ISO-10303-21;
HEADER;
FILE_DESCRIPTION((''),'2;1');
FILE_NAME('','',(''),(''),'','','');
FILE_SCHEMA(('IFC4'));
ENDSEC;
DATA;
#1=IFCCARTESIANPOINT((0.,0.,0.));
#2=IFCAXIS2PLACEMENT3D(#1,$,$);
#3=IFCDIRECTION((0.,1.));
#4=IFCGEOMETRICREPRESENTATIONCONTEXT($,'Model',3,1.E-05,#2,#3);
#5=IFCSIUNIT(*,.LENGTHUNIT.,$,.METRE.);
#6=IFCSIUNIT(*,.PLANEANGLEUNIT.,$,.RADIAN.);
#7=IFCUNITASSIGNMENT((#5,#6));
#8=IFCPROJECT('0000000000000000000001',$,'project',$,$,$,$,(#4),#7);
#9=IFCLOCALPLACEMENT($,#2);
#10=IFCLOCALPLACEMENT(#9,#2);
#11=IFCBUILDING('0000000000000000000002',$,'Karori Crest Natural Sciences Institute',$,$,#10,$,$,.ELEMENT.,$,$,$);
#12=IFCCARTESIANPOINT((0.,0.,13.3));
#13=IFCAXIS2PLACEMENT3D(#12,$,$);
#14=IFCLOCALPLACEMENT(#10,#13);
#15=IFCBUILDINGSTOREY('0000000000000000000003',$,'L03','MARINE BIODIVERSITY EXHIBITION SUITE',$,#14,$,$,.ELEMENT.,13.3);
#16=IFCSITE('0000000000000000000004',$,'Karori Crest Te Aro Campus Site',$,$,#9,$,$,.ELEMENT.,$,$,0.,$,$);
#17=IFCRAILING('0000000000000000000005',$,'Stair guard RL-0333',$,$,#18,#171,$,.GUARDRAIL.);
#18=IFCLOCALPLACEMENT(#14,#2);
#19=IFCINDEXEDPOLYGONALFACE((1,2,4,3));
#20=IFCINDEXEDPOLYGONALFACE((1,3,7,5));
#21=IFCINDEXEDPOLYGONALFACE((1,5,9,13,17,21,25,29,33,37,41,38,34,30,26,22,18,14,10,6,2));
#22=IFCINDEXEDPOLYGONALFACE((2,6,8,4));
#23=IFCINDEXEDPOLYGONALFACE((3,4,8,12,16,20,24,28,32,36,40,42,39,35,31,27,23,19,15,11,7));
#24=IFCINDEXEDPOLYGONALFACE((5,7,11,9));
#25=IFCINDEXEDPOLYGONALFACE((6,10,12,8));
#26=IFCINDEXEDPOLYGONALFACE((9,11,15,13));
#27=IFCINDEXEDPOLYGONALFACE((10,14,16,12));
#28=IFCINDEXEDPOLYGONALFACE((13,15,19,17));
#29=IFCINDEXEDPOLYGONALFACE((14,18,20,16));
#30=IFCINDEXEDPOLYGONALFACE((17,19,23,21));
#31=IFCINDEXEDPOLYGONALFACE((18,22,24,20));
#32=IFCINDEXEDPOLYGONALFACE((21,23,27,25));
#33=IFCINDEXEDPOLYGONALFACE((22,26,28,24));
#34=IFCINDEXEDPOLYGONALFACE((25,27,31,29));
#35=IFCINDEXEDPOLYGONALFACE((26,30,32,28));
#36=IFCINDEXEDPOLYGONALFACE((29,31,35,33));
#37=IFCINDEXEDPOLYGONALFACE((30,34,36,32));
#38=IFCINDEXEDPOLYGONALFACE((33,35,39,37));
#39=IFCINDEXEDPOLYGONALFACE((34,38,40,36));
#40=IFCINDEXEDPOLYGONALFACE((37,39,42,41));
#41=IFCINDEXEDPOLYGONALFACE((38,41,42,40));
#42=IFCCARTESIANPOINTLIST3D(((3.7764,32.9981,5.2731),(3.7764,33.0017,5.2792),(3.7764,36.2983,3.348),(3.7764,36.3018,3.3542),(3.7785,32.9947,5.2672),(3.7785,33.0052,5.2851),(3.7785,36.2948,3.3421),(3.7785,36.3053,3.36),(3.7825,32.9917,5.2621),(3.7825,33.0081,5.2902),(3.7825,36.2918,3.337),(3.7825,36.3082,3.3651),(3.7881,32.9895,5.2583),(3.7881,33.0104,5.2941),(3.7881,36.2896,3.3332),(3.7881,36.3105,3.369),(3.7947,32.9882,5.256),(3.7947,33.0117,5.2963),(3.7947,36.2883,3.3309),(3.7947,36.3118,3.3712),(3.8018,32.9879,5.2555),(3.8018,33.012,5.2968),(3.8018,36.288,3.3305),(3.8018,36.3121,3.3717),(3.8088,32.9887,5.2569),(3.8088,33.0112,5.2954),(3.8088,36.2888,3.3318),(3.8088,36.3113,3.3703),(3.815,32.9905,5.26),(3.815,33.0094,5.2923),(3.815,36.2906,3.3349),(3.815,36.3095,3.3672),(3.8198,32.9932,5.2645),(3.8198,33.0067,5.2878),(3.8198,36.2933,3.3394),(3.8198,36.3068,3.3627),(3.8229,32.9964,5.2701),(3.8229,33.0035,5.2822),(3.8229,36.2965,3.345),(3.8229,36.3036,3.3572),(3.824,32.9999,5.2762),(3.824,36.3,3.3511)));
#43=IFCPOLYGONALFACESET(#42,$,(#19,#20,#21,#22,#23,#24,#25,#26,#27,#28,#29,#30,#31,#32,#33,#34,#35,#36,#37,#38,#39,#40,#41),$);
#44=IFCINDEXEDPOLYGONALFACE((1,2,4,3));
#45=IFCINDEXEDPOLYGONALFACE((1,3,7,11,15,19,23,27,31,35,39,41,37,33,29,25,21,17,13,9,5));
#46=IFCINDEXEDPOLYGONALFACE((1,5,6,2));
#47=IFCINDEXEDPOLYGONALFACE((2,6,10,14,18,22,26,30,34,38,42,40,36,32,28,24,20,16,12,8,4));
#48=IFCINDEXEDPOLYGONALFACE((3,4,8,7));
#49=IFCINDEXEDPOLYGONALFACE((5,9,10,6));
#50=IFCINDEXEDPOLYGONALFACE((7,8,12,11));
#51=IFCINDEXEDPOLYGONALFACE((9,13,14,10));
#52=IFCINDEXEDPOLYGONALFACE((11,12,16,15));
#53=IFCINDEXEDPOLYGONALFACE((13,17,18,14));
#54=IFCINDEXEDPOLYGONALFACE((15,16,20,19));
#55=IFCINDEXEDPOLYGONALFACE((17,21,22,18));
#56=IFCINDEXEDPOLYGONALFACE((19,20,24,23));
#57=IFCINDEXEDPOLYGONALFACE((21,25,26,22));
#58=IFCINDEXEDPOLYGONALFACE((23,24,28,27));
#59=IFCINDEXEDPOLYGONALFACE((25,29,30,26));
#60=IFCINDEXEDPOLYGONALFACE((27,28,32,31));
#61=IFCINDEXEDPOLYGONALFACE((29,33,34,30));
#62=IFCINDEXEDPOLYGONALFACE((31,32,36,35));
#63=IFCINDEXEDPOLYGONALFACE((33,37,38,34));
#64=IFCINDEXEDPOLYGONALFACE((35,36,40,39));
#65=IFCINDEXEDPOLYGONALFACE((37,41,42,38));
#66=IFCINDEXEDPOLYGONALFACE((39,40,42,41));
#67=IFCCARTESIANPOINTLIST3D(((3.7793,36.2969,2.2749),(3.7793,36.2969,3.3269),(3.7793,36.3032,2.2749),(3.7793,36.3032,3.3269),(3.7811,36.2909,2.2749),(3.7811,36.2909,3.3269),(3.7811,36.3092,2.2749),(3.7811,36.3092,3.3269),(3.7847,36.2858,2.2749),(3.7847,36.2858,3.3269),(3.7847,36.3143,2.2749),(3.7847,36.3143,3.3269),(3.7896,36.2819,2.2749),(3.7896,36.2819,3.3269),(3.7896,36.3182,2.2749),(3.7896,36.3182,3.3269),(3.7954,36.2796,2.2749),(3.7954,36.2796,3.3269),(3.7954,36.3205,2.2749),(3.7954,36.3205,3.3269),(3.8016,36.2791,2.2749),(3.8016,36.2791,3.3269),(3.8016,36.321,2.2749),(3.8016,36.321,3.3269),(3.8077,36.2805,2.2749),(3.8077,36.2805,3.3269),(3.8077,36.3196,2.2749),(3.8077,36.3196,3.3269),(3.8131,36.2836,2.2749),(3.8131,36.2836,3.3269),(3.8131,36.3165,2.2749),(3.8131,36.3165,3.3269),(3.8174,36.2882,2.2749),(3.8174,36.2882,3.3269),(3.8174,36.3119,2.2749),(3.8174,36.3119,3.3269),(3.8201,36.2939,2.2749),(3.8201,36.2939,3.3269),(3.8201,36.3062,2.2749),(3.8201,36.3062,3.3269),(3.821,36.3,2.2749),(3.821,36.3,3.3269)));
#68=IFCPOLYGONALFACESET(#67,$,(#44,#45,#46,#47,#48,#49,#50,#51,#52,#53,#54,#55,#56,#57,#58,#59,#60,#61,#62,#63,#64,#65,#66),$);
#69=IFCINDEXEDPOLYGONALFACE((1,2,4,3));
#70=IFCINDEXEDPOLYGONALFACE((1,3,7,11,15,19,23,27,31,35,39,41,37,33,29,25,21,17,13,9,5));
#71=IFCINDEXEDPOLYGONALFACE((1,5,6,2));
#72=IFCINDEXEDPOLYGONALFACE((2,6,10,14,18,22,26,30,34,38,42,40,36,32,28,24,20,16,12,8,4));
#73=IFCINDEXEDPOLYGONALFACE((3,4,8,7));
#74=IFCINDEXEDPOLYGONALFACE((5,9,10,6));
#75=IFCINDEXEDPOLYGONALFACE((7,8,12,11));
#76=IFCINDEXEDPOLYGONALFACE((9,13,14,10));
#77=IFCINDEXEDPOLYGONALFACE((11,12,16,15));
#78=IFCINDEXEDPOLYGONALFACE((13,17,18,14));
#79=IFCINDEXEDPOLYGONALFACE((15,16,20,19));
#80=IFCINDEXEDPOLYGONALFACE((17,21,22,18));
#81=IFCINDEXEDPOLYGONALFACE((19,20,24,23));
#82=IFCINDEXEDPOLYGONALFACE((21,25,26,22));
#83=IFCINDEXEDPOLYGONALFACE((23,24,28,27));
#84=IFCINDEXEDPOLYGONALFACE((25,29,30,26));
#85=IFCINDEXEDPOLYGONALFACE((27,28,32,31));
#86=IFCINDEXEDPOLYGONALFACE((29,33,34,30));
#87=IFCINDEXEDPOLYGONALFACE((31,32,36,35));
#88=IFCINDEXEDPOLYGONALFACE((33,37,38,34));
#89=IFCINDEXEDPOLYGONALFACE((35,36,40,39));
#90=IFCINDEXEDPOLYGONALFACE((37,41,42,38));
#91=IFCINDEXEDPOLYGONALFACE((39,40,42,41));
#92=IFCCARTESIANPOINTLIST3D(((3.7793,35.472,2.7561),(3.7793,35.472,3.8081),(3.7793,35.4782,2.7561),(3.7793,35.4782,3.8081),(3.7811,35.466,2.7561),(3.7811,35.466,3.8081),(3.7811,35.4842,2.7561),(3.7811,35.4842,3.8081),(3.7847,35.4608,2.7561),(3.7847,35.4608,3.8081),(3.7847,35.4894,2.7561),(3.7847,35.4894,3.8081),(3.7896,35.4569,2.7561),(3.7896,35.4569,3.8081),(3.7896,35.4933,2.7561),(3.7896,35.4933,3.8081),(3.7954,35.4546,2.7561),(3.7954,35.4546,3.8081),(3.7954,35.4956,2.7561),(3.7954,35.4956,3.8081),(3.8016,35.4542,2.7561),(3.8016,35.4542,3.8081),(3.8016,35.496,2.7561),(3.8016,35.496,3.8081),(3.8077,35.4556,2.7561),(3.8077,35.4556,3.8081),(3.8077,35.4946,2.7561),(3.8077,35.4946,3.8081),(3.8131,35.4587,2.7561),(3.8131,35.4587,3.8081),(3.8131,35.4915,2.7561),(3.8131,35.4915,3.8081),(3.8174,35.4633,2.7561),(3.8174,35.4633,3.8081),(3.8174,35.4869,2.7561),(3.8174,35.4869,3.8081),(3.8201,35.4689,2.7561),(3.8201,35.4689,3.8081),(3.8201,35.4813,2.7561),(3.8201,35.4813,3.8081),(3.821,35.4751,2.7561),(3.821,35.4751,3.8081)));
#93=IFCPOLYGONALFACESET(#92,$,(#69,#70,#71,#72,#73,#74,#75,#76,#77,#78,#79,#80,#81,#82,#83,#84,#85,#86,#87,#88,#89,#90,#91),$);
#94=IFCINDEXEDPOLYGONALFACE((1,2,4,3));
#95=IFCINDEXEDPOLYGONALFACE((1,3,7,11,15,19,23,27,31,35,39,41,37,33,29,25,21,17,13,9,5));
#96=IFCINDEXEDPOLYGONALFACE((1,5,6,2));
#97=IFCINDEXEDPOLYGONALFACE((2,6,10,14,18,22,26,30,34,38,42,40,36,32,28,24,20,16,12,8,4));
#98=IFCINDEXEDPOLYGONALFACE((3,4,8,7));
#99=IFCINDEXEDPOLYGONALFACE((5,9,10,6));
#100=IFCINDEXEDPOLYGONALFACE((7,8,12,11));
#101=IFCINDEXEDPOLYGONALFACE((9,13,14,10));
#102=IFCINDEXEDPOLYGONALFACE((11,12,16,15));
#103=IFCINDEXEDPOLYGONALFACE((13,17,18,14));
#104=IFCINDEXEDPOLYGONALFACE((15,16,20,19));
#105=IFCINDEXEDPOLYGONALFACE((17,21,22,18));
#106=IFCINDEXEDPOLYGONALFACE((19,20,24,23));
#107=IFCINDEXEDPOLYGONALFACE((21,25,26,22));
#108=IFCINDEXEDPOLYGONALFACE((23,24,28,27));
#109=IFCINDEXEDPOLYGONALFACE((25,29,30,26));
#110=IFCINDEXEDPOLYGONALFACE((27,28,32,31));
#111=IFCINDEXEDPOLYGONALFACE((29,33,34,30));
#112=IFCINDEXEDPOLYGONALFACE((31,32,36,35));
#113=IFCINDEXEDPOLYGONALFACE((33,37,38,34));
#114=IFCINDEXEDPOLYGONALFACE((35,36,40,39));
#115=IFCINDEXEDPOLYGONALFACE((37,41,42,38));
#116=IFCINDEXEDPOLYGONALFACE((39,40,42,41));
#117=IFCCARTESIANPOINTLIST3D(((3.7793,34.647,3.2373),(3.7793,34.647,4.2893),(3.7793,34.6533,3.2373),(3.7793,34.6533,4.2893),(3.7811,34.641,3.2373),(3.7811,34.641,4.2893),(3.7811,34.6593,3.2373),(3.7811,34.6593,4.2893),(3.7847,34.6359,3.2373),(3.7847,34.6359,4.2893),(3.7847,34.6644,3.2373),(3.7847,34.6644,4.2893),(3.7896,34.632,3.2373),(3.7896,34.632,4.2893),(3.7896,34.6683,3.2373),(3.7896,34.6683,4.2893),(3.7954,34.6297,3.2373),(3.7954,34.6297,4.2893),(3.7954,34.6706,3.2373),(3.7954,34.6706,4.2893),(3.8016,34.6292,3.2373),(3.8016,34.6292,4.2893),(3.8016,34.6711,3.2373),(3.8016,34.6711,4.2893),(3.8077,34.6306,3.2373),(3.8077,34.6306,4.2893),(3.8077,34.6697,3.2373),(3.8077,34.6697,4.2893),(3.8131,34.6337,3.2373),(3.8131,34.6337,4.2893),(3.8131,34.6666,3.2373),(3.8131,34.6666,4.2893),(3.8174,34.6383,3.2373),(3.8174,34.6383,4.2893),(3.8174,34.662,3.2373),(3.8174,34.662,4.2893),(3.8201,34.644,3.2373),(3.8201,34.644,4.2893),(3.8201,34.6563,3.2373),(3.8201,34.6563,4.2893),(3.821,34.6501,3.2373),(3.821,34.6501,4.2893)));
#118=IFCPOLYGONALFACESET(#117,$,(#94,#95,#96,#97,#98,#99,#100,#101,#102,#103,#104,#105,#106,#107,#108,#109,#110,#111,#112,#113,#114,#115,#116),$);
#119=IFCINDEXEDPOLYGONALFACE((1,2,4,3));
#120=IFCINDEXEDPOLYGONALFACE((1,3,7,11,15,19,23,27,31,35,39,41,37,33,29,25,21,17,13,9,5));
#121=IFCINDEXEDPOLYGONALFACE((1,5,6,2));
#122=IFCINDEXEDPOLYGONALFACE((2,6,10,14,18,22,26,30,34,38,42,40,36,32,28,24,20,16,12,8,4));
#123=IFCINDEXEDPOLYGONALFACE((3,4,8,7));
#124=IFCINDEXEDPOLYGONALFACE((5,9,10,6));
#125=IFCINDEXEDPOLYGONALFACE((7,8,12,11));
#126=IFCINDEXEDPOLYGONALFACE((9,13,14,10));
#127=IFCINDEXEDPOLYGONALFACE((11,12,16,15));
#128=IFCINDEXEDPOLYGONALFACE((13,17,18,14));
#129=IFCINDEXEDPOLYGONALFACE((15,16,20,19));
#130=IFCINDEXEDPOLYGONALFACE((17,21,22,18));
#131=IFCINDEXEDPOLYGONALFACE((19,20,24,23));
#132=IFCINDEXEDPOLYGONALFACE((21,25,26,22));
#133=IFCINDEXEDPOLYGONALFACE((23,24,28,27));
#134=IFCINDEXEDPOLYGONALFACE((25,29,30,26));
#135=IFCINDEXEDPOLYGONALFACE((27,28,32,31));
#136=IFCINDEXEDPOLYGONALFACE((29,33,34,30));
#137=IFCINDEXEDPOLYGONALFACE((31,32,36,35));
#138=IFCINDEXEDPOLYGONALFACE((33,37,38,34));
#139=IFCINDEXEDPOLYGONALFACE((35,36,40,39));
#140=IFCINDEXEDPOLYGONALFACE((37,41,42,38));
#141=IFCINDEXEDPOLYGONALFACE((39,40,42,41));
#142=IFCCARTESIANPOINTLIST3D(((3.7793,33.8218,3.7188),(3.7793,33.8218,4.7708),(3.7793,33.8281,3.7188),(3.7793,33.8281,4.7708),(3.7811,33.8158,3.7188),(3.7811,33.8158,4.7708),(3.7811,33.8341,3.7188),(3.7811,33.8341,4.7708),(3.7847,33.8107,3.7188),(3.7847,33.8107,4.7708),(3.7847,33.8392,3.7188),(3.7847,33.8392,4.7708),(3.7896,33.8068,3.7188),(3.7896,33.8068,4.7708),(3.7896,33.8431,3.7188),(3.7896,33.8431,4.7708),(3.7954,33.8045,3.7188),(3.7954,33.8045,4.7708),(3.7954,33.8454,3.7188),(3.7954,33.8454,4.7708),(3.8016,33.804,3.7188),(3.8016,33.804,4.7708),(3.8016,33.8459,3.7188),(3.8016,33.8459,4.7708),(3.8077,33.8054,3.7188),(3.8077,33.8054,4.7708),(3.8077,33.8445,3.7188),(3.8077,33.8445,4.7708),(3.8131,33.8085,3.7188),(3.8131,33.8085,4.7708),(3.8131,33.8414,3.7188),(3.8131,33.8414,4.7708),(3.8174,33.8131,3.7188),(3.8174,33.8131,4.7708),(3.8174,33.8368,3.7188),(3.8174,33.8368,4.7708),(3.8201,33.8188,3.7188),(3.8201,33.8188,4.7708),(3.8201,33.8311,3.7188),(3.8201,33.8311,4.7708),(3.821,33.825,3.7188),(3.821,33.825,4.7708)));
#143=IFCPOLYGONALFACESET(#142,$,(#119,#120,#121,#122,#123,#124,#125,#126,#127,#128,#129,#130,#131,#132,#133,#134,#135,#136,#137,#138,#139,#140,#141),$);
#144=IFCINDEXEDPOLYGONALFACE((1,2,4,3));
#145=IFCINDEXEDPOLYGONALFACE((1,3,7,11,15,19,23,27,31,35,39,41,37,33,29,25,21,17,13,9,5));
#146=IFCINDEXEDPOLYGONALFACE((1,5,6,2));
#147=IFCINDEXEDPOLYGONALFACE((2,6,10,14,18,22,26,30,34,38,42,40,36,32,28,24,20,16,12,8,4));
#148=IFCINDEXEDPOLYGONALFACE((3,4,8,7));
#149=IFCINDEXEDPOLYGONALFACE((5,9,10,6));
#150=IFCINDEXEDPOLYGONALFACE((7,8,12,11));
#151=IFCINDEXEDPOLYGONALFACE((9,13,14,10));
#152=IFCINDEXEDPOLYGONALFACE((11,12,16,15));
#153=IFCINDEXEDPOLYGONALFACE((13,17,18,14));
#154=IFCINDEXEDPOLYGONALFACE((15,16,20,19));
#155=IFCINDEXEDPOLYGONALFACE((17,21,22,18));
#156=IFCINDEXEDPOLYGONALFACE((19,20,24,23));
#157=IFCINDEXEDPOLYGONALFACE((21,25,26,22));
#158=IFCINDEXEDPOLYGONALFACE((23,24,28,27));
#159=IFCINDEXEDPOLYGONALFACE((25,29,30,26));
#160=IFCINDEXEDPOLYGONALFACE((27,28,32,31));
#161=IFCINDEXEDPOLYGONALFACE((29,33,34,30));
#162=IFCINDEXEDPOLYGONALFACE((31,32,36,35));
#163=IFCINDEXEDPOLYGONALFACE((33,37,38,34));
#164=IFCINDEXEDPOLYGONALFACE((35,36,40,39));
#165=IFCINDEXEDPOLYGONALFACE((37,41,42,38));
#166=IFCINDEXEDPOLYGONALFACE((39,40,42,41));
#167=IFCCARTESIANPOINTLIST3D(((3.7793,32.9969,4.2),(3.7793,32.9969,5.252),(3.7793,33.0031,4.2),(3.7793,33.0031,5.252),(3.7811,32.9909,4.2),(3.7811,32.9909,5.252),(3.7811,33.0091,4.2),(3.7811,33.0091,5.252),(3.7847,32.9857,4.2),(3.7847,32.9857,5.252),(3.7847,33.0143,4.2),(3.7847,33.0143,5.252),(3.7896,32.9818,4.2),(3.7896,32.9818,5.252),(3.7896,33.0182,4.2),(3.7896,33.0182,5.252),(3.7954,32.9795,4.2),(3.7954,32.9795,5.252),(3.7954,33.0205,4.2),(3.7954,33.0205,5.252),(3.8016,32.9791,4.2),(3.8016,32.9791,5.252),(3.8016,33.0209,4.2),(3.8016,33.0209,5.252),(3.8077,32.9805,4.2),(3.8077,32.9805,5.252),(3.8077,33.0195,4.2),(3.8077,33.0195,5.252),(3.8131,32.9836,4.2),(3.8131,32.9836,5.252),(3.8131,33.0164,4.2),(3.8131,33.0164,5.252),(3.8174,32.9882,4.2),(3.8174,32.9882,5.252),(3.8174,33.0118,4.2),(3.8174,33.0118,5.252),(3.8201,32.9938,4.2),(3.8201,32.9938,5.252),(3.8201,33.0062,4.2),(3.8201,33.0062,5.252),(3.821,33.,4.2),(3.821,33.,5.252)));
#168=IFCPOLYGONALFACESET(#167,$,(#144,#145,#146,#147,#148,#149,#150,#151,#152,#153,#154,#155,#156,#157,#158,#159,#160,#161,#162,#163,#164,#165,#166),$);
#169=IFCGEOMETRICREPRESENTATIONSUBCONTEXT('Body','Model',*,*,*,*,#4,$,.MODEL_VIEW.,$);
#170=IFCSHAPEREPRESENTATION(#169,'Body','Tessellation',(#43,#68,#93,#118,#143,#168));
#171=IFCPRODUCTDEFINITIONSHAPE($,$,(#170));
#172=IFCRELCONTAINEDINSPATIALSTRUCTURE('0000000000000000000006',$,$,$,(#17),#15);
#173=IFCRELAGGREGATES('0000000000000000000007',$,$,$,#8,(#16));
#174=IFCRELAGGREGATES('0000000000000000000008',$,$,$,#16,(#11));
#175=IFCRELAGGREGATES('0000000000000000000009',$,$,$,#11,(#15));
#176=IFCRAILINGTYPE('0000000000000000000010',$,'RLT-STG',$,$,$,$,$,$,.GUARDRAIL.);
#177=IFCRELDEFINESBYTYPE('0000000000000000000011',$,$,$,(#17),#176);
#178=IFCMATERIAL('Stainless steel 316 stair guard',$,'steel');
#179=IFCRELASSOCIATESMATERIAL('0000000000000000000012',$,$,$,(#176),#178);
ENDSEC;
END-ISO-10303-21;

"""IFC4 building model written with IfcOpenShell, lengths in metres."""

from ifc_helpers import new_model, si_unit, direction, frame, origin, origin_2d, place, context, subcontext, project, spatial, circle, extrude, material, type_object, element, save


model = new_model("IFC4")

# Units and contexts
model_context = context("Model", 3, precision=1e-05, world=origin(), true_north=direction((0.0, 1.0)))
body_context = subcontext(model_context, "Body", "Model", "MODEL_VIEW")
ifc_project = project(units=[si_unit("LENGTHUNIT", "METRE"), si_unit("PLANEANGLEUNIT", "RADIAN")], contexts=[model_context])

# Site, building, storey
site_placement = place(None, origin())
site = spatial("IfcSite", under=ifc_project, at=site_placement, Name="Karori Crest Te Aro Campus Site", CompositionType="ELEMENT", RefElevation=0.0)
building_placement = place(site_placement, origin())
building = spatial("IfcBuilding", under=site, at=building_placement, Name="Karori Crest Natural Sciences Institute", CompositionType="ELEMENT")
storey_placement = place(building_placement, frame((0.0, 0.0, 13.3)))
storey = spatial("IfcBuildingStorey", under=building, at=storey_placement, Name="L03", Description="MARINE BIODIVERSITY EXHIBITION SUITE", CompositionType="ELEMENT", Elevation=13.3)

# Railing
ifc_material_1 = material(Name="Stainless steel 316 stair guard", Category="steel")
railing_type_1 = type_object("IfcRailingType", Name="RLT-STG", PredefinedType="GUARDRAIL", material=ifc_material_1)
railing_1_placement = place(storey_placement, frame((3.8, 36.3, 2.2749)))
element("IfcRailing", 1, at=railing_1_placement, inside=storey, type_object=railing_type_1, Name="Stair guard RL-0333", PredefinedType="GUARDRAIL", context=body_context, shape_type="SweptSolid", body=[
    extrude(circle(Radius=0.0239, at=origin_2d()), frame((0.0, 0.0, 1.0762), z_axis=(0.0, -0.863777, 0.503875), x_axis=(1.0, 0.0, 0.0)), (0.0, 0.0, 1.0), 3.8206),
    extrude(circle(Radius=0.021, at=origin_2d()), origin(), (0.0, 0.0, 1.0), 1.052),
    extrude(circle(Radius=0.021, at=origin_2d()), frame((0.0, -0.825, 0.4812)), (0.0, 0.0, 1.0), 1.052),
    extrude(circle(Radius=0.021, at=origin_2d()), frame((0.0, -1.6499, 0.9624)), (0.0, 0.0, 1.0), 1.052),
    extrude(circle(Radius=0.021, at=origin_2d()), frame((0.0, -2.4751, 1.4438)), (0.0, 0.0, 1.0), 1.052),
    extrude(circle(Radius=0.021, at=origin_2d()), frame((0.0, -3.3, 1.925)), (0.0, 0.0, 1.0), 1.052),
])

save(model, "model.ifc")
